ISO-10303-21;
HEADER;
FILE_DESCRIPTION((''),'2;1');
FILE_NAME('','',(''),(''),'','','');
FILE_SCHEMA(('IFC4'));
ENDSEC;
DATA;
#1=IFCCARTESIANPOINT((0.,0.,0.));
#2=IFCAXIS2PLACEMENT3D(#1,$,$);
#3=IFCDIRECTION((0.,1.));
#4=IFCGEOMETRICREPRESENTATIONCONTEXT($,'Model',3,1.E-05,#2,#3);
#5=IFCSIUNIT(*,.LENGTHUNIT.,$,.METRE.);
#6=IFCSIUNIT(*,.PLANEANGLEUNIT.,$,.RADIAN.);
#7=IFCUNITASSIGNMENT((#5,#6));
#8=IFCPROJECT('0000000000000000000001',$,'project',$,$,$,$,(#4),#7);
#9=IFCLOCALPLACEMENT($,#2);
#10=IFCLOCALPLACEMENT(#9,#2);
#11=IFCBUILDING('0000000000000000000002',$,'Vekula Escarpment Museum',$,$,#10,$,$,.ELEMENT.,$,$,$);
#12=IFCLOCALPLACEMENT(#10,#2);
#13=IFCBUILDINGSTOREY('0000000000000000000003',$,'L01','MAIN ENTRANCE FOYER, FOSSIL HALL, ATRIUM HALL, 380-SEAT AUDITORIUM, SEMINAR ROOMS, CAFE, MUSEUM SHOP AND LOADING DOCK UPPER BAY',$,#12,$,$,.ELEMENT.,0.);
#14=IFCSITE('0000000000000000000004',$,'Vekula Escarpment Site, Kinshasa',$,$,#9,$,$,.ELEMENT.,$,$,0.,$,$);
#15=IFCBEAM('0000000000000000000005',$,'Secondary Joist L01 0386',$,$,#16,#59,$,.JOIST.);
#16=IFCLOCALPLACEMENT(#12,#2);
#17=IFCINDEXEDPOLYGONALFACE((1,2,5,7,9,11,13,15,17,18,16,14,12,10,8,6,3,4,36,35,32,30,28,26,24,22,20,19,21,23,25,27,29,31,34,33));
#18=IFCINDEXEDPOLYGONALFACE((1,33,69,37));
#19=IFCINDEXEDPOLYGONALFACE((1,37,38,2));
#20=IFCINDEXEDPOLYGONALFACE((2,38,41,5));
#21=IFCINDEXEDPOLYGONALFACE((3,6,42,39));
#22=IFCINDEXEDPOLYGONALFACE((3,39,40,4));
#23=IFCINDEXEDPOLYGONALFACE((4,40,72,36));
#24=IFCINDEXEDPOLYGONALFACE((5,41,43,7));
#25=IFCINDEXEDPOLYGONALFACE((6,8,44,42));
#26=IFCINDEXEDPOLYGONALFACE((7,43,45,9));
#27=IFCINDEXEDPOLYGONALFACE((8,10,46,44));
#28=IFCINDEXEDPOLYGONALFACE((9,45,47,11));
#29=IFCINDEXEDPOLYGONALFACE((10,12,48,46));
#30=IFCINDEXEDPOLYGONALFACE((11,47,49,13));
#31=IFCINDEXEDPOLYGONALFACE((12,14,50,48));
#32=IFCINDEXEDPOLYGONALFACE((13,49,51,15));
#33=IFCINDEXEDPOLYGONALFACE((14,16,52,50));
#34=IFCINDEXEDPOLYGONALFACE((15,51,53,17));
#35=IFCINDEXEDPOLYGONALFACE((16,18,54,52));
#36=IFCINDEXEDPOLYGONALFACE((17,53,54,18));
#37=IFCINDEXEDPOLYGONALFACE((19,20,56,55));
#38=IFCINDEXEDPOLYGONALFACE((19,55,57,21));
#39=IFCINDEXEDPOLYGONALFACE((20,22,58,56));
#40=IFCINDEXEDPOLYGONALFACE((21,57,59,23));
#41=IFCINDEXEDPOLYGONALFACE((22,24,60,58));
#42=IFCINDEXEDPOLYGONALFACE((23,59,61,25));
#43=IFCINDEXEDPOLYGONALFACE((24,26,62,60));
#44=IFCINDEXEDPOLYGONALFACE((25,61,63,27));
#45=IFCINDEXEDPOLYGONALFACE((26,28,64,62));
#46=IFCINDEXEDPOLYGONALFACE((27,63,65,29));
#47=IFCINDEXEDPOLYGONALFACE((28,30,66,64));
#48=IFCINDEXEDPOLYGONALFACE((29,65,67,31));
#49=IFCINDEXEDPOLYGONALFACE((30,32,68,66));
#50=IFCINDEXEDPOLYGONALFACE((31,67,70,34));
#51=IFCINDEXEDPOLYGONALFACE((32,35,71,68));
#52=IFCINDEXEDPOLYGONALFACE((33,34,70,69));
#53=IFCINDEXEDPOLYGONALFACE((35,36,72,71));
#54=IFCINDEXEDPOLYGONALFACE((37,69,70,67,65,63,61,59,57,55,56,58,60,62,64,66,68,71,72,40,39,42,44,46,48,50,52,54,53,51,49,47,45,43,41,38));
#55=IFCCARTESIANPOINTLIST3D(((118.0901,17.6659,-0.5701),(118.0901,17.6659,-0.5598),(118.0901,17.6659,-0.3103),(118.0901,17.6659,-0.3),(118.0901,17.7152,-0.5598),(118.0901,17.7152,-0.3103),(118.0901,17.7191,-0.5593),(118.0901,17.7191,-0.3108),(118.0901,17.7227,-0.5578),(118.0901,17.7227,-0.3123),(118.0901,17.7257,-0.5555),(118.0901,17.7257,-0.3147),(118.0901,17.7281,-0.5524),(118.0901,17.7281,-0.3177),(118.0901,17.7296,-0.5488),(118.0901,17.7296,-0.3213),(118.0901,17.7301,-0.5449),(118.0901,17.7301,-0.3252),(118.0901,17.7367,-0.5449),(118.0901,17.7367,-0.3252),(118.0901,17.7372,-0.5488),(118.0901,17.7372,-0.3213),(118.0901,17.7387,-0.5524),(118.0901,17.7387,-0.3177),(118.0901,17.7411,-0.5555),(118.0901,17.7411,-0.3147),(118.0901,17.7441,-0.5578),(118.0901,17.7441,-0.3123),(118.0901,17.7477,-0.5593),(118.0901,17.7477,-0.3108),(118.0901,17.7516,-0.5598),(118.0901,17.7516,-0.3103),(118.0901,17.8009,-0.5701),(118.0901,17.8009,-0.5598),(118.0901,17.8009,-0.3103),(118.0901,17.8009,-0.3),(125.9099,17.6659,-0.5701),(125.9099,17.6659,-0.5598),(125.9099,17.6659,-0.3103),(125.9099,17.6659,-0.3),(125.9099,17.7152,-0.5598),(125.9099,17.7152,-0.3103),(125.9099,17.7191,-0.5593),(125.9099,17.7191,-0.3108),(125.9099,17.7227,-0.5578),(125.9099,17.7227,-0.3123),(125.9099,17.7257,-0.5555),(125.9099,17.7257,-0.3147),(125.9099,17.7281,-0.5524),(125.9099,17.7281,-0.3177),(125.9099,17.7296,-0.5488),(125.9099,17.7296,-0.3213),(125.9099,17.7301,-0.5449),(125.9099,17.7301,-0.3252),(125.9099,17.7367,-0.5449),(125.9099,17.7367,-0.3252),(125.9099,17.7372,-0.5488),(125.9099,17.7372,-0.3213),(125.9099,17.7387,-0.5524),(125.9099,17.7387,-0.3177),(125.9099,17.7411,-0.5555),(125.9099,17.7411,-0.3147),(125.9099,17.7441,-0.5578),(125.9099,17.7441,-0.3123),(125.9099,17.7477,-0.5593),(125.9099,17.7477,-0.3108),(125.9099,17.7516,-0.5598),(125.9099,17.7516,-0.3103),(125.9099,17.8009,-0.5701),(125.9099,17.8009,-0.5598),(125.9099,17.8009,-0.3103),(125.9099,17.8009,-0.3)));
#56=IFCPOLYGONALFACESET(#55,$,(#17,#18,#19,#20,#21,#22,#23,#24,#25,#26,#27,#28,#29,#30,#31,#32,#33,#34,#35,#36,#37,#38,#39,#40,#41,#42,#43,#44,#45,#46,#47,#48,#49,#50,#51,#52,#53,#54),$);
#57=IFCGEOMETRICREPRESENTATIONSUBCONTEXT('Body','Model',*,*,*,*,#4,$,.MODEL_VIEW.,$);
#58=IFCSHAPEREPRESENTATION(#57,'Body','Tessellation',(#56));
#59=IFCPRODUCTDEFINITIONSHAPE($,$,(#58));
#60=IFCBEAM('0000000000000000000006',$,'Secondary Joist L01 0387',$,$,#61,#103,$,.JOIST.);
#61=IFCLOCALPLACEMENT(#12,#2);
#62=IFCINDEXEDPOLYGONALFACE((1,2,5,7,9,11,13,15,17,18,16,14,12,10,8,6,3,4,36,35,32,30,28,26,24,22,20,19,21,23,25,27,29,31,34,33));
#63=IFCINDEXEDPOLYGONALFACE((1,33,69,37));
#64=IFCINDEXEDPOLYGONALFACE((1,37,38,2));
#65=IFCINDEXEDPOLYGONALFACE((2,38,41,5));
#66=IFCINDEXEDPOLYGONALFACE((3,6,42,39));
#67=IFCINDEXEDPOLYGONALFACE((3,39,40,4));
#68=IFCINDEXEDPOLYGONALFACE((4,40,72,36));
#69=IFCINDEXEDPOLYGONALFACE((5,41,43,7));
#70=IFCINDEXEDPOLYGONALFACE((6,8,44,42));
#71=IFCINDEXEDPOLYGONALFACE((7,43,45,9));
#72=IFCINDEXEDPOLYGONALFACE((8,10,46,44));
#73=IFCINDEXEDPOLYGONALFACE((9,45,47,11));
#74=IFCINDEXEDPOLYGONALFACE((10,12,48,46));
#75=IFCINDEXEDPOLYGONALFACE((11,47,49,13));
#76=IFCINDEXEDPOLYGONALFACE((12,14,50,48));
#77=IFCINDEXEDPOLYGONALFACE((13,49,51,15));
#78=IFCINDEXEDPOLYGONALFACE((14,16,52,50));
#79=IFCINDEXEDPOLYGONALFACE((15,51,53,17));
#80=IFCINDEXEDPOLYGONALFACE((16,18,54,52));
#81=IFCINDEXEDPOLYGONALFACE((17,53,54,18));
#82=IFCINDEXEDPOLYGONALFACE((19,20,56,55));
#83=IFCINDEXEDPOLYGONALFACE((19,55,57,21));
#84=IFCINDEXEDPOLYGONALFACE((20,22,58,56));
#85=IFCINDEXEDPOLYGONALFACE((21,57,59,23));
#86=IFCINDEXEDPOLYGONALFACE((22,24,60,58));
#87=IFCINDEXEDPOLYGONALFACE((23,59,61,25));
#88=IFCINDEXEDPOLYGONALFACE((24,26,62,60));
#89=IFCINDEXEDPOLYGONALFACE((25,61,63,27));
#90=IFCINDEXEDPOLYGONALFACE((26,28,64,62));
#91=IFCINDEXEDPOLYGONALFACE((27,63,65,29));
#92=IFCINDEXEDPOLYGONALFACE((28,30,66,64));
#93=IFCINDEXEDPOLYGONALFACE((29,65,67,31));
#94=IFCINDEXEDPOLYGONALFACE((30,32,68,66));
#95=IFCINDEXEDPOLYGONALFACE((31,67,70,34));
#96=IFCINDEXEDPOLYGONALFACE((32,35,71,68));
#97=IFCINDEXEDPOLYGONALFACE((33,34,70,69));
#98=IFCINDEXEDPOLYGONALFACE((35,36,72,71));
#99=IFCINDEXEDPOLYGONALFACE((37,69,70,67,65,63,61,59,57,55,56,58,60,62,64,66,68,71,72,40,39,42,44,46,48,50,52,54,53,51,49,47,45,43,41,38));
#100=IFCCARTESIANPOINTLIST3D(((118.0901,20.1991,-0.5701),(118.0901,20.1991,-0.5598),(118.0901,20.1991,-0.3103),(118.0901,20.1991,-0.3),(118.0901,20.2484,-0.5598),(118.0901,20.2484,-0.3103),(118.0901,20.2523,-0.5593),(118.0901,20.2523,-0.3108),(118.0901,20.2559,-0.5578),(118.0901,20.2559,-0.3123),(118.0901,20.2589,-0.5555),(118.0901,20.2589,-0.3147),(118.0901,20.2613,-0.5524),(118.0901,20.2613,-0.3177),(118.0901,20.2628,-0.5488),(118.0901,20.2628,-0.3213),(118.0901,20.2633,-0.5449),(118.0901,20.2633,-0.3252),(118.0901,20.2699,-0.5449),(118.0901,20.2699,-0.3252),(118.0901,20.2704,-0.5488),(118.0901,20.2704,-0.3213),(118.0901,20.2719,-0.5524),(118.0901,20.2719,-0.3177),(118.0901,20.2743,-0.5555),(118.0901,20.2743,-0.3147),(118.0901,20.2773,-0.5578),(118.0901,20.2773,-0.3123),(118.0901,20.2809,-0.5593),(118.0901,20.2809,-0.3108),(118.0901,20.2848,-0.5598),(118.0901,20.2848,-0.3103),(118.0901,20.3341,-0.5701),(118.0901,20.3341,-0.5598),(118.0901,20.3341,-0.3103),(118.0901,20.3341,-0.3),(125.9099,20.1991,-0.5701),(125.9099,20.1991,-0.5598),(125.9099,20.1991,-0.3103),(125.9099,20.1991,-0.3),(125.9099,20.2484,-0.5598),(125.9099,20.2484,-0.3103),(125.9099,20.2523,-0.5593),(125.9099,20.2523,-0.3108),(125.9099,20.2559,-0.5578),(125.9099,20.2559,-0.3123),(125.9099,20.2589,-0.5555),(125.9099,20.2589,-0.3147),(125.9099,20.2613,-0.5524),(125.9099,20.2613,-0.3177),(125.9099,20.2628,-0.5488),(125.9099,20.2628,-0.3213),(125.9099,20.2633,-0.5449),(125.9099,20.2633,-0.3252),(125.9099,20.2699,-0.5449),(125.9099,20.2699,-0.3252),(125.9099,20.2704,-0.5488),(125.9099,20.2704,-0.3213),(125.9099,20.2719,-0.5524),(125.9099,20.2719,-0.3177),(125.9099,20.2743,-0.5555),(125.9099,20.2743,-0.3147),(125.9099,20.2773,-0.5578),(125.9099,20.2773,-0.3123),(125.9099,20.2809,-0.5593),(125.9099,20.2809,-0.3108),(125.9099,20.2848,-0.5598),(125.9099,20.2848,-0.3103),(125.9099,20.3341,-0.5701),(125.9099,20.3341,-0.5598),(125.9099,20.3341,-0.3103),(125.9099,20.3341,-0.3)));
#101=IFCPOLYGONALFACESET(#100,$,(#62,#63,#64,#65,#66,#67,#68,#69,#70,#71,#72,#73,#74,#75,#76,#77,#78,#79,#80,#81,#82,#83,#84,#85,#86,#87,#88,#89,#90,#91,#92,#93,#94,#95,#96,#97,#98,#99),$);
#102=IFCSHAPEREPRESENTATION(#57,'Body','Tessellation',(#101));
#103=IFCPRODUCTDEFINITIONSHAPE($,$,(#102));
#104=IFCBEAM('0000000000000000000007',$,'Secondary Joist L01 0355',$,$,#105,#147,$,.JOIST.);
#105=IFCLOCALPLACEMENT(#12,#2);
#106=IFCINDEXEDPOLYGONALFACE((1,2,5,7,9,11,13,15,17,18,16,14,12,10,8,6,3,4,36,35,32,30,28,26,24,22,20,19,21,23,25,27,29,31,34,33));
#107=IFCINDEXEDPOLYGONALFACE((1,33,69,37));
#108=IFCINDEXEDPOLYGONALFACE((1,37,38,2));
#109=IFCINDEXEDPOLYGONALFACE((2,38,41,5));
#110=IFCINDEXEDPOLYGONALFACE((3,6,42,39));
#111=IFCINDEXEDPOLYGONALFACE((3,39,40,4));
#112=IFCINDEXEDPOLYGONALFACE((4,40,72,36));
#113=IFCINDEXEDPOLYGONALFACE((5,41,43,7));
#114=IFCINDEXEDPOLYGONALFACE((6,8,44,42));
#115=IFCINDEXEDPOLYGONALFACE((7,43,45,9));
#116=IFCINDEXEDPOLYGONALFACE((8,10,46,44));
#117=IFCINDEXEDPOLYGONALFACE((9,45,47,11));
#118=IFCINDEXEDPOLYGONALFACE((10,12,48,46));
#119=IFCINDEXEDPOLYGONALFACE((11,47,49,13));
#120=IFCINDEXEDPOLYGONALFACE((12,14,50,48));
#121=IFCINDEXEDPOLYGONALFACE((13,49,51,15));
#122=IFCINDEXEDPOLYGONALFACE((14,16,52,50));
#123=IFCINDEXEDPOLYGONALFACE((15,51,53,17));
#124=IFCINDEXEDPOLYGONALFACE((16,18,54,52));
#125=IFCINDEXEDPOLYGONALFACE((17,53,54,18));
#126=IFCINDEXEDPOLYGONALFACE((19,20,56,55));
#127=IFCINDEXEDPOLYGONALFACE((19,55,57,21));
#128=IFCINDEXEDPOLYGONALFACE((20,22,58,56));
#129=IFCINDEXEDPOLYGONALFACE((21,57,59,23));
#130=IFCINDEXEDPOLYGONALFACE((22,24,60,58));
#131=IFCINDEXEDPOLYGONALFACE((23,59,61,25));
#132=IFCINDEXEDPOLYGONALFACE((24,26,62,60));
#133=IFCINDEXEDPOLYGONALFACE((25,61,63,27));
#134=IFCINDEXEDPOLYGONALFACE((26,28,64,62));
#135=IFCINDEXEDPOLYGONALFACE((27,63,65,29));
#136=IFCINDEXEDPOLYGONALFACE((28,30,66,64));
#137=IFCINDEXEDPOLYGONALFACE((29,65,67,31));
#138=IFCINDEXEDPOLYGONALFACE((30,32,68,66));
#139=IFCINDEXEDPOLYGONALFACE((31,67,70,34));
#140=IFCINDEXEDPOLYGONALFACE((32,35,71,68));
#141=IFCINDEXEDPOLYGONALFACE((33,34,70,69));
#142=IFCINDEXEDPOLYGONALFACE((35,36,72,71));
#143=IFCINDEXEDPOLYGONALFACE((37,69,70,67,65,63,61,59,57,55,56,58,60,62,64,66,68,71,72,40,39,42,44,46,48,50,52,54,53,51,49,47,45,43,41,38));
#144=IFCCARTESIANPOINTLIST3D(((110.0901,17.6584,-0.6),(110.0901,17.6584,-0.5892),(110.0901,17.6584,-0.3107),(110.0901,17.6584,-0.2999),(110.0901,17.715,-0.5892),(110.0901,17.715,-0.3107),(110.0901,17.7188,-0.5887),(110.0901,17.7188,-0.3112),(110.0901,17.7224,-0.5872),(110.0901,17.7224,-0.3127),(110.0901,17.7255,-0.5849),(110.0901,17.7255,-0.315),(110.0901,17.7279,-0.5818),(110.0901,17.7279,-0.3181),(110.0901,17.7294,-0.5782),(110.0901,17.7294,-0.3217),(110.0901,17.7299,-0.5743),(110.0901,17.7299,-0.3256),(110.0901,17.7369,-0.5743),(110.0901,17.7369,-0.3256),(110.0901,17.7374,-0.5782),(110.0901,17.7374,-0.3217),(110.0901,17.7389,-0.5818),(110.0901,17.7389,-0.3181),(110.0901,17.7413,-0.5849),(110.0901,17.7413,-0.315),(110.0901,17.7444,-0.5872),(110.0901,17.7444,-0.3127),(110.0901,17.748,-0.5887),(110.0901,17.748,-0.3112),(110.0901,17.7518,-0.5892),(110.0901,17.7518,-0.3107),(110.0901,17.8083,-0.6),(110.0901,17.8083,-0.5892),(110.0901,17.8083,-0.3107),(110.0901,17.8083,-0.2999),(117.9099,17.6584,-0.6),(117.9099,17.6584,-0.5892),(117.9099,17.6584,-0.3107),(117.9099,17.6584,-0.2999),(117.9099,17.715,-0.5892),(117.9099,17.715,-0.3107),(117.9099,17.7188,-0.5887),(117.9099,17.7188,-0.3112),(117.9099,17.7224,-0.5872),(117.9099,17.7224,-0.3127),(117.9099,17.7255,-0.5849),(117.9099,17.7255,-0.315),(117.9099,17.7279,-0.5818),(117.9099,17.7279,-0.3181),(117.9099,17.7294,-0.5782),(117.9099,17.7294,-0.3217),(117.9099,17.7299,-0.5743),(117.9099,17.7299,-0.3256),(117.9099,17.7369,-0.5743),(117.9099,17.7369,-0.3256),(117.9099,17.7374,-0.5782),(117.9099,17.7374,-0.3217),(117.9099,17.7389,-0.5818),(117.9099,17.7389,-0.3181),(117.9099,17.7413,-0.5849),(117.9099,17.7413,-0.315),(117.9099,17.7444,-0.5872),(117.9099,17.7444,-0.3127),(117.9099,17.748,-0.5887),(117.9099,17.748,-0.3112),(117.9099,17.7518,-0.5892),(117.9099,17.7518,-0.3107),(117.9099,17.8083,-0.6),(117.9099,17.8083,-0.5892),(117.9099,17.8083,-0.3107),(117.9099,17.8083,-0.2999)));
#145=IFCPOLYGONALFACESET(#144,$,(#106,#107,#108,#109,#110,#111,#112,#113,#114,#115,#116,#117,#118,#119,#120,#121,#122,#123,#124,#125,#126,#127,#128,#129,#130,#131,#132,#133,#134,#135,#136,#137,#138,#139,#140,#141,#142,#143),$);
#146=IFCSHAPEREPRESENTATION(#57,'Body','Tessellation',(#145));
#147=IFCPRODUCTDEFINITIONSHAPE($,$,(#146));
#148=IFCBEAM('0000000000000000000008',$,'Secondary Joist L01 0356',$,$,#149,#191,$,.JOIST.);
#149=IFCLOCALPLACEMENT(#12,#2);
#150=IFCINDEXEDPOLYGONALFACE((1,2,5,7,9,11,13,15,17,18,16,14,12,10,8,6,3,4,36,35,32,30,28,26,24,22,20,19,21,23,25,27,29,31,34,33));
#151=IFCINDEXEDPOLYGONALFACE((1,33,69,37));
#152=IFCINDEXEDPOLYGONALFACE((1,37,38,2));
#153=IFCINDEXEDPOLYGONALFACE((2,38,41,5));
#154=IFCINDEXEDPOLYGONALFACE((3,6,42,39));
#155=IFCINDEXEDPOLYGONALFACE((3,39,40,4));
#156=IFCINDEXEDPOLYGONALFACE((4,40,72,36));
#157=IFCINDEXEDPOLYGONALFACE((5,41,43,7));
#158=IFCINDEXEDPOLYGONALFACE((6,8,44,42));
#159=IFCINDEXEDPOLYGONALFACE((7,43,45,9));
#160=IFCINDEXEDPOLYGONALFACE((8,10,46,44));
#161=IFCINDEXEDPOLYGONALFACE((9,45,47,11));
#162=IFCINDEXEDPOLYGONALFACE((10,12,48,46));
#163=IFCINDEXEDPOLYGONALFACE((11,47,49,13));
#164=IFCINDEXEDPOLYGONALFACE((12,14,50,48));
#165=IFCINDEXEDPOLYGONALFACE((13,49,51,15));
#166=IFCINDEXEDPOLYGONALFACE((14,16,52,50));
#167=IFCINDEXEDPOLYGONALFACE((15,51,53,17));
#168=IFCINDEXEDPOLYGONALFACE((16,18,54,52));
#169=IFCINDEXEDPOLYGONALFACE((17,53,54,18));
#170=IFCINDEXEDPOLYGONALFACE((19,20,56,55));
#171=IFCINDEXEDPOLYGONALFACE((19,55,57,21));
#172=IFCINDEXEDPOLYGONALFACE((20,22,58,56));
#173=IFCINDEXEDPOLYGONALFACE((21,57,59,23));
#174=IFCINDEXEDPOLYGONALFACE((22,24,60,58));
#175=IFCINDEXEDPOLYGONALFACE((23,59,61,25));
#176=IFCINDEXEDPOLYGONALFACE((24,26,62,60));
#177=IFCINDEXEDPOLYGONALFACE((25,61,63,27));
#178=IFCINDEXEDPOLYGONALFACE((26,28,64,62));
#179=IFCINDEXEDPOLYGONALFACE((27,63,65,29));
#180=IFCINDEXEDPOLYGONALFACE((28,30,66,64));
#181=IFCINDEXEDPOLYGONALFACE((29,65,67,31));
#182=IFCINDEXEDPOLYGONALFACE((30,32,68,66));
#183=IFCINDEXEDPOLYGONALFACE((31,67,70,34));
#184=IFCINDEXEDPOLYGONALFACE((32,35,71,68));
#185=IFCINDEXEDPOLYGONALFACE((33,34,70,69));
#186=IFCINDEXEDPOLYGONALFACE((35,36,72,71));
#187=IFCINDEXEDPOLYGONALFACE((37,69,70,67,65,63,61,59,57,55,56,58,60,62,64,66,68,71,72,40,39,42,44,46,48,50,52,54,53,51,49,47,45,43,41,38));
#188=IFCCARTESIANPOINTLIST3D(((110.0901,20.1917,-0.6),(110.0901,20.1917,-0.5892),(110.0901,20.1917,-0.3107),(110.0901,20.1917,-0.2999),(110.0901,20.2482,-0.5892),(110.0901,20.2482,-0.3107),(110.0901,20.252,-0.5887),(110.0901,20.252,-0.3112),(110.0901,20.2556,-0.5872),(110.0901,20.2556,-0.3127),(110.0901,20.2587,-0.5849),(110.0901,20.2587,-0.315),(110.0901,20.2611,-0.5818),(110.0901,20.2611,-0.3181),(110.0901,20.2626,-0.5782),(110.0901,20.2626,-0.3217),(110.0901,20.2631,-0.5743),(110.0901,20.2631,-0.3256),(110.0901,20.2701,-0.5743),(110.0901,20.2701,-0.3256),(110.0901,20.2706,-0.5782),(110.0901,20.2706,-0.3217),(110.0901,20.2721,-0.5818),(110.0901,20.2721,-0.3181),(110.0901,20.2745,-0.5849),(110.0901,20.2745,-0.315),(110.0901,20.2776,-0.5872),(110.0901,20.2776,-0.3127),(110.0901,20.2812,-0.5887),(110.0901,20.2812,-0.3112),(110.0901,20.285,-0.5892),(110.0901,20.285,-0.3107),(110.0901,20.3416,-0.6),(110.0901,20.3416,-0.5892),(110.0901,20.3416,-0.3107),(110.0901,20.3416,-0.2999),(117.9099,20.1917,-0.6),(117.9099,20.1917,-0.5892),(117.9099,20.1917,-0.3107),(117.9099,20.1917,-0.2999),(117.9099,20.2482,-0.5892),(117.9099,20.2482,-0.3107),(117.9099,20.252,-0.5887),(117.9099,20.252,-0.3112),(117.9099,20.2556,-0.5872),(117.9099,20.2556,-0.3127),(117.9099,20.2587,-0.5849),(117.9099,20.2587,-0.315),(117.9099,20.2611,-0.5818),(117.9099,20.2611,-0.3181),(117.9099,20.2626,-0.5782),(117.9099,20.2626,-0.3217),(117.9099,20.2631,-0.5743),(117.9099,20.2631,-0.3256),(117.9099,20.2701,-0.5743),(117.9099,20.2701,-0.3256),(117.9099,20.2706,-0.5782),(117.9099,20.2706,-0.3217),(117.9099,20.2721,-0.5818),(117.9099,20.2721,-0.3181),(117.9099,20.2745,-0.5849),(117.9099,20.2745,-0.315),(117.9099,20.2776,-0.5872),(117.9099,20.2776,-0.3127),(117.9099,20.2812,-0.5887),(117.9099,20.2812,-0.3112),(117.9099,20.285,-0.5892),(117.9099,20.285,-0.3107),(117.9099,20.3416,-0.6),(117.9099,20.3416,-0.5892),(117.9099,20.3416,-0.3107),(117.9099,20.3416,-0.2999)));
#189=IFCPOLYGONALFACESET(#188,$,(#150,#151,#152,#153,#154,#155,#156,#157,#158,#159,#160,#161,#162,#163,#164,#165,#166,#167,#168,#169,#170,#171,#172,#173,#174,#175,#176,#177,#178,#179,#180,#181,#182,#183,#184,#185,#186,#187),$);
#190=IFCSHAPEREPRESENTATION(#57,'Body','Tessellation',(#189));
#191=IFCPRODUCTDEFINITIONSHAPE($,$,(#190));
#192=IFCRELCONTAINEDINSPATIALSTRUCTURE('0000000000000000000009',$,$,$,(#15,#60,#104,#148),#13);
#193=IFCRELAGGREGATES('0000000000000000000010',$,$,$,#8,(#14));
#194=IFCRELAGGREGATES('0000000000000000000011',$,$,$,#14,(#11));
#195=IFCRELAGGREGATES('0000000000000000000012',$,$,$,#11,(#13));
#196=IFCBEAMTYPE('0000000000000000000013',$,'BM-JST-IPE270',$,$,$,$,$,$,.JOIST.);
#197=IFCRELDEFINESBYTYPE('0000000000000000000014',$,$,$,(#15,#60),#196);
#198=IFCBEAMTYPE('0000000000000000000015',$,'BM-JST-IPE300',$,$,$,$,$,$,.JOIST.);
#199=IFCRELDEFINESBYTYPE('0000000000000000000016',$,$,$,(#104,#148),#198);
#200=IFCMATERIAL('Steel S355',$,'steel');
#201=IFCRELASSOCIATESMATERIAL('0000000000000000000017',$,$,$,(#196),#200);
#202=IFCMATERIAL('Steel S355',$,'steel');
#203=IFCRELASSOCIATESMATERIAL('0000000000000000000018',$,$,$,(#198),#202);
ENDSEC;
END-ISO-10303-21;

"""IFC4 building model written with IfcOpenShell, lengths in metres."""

from ifc_helpers import new_model, si_unit, direction, frame, origin, origin_2d, place, context, subcontext, project, spatial, i_section, extrude, material, material_profile, profile_set, type_object, element, save


model = new_model("IFC4")

# Units and contexts
model_context = context("Model", 3, precision=1e-05, world=origin(), true_north=direction((0.0, 1.0)))
body_context = subcontext(model_context, "Body", "Model", "MODEL_VIEW")
ifc_project = project(units=[si_unit("LENGTHUNIT", "METRE"), si_unit("PLANEANGLEUNIT", "RADIAN")], contexts=[model_context])

# Site, building, storey
site_placement = place(None, origin())
site = spatial("IfcSite", under=ifc_project, at=site_placement, Name="Vekula Escarpment Site, Kinshasa", CompositionType="ELEMENT", RefElevation=0.0)
building_placement = place(site_placement, origin())
building = spatial("IfcBuilding", under=site, at=building_placement, Name="Vekula Escarpment Museum", CompositionType="ELEMENT")
storey_placement = place(building_placement, origin())
storey = spatial("IfcBuildingStorey", under=building, at=storey_placement, Name="L01", Description="MAIN ENTRANCE FOYER, FOSSIL HALL, ATRIUM HALL, 380-SEAT AUDITORIUM, SEMINAR ROOMS, CAFE, MUSEUM SHOP AND LOADING DOCK UPPER BAY", CompositionType="ELEMENT", Elevation=0.0)

# Beams
ifc_material_1 = material(Name="Steel S355", Category="steel")
ifc_material_profile_1 = material_profile(ifc_material_1, i_section(OverallWidth=0.135, OverallDepth=0.27, WebThickness=0.0066, FlangeThickness=0.0103, FilletRadius=0.0149, at=origin_2d()), Name="IPE 270")
ifc_profile_set_1 = profile_set([ifc_material_profile_1], Name="Steel S355")
beam_type_1 = type_object("IfcBeamType", Name="BM-JST-IPE270", PredefinedType="JOIST", material=ifc_profile_set_1)
for number, where, z_axis, x_axis, name in (
    (1, (118.0901, 17.7334, -0.4351), (1.0, 0.0, 0.0), (0.0, 1.0, 0.0), "Secondary Joist L01 0386"),
    (2, (118.0901, 20.2666, -0.4351), (1.0, 0.0, 0.0), (0.0, 1.0, 0.0), "Secondary Joist L01 0387"),
):
    element("IfcBeam", number, at=place(storey_placement, frame(where, z_axis=z_axis, x_axis=x_axis)), inside=storey, type_object=beam_type_1, Name=name, PredefinedType="JOIST", context=body_context, shape_type="SweptSolid", body=[
        extrude(i_section(OverallWidth=0.135, OverallDepth=0.27, WebThickness=0.0066, FlangeThickness=0.0103, FilletRadius=0.0149, at=origin_2d()), origin(), (0.0, 0.0, 1.0), 7.8198),
    ])
ifc_material_2 = material(Name="Steel S355", Category="steel")
ifc_material_profile_2 = material_profile(ifc_material_2, i_section(OverallWidth=0.1499, OverallDepth=0.3, WebThickness=0.0071, FlangeThickness=0.0107, FilletRadius=0.0149, at=origin_2d()), Name="IPE 300")
ifc_profile_set_2 = profile_set([ifc_material_profile_2], Name="Steel S355")
beam_type_2 = type_object("IfcBeamType", Name="BM-JST-IPE300", PredefinedType="JOIST", material=ifc_profile_set_2)
for number, where, z_axis, x_axis, name in (
    (3, (110.0901, 17.7334, -0.45), (1.0, 0.0, 0.0), (0.0, 1.0, 0.0), "Secondary Joist L01 0355"),
    (4, (110.0901, 20.2666, -0.45), (1.0, 0.0, 0.0), (0.0, 1.0, 0.0), "Secondary Joist L01 0356"),
):
    element("IfcBeam", number, at=place(storey_placement, frame(where, z_axis=z_axis, x_axis=x_axis)), inside=storey, type_object=beam_type_2, Name=name, PredefinedType="JOIST", context=body_context, shape_type="SweptSolid", body=[
        extrude(i_section(OverallWidth=0.1499, OverallDepth=0.3, WebThickness=0.0071, FlangeThickness=0.0107, FilletRadius=0.0149, at=origin_2d()), origin(), (0.0, 0.0, 1.0), 7.8198),
    ])

save(model, "model.ifc")
